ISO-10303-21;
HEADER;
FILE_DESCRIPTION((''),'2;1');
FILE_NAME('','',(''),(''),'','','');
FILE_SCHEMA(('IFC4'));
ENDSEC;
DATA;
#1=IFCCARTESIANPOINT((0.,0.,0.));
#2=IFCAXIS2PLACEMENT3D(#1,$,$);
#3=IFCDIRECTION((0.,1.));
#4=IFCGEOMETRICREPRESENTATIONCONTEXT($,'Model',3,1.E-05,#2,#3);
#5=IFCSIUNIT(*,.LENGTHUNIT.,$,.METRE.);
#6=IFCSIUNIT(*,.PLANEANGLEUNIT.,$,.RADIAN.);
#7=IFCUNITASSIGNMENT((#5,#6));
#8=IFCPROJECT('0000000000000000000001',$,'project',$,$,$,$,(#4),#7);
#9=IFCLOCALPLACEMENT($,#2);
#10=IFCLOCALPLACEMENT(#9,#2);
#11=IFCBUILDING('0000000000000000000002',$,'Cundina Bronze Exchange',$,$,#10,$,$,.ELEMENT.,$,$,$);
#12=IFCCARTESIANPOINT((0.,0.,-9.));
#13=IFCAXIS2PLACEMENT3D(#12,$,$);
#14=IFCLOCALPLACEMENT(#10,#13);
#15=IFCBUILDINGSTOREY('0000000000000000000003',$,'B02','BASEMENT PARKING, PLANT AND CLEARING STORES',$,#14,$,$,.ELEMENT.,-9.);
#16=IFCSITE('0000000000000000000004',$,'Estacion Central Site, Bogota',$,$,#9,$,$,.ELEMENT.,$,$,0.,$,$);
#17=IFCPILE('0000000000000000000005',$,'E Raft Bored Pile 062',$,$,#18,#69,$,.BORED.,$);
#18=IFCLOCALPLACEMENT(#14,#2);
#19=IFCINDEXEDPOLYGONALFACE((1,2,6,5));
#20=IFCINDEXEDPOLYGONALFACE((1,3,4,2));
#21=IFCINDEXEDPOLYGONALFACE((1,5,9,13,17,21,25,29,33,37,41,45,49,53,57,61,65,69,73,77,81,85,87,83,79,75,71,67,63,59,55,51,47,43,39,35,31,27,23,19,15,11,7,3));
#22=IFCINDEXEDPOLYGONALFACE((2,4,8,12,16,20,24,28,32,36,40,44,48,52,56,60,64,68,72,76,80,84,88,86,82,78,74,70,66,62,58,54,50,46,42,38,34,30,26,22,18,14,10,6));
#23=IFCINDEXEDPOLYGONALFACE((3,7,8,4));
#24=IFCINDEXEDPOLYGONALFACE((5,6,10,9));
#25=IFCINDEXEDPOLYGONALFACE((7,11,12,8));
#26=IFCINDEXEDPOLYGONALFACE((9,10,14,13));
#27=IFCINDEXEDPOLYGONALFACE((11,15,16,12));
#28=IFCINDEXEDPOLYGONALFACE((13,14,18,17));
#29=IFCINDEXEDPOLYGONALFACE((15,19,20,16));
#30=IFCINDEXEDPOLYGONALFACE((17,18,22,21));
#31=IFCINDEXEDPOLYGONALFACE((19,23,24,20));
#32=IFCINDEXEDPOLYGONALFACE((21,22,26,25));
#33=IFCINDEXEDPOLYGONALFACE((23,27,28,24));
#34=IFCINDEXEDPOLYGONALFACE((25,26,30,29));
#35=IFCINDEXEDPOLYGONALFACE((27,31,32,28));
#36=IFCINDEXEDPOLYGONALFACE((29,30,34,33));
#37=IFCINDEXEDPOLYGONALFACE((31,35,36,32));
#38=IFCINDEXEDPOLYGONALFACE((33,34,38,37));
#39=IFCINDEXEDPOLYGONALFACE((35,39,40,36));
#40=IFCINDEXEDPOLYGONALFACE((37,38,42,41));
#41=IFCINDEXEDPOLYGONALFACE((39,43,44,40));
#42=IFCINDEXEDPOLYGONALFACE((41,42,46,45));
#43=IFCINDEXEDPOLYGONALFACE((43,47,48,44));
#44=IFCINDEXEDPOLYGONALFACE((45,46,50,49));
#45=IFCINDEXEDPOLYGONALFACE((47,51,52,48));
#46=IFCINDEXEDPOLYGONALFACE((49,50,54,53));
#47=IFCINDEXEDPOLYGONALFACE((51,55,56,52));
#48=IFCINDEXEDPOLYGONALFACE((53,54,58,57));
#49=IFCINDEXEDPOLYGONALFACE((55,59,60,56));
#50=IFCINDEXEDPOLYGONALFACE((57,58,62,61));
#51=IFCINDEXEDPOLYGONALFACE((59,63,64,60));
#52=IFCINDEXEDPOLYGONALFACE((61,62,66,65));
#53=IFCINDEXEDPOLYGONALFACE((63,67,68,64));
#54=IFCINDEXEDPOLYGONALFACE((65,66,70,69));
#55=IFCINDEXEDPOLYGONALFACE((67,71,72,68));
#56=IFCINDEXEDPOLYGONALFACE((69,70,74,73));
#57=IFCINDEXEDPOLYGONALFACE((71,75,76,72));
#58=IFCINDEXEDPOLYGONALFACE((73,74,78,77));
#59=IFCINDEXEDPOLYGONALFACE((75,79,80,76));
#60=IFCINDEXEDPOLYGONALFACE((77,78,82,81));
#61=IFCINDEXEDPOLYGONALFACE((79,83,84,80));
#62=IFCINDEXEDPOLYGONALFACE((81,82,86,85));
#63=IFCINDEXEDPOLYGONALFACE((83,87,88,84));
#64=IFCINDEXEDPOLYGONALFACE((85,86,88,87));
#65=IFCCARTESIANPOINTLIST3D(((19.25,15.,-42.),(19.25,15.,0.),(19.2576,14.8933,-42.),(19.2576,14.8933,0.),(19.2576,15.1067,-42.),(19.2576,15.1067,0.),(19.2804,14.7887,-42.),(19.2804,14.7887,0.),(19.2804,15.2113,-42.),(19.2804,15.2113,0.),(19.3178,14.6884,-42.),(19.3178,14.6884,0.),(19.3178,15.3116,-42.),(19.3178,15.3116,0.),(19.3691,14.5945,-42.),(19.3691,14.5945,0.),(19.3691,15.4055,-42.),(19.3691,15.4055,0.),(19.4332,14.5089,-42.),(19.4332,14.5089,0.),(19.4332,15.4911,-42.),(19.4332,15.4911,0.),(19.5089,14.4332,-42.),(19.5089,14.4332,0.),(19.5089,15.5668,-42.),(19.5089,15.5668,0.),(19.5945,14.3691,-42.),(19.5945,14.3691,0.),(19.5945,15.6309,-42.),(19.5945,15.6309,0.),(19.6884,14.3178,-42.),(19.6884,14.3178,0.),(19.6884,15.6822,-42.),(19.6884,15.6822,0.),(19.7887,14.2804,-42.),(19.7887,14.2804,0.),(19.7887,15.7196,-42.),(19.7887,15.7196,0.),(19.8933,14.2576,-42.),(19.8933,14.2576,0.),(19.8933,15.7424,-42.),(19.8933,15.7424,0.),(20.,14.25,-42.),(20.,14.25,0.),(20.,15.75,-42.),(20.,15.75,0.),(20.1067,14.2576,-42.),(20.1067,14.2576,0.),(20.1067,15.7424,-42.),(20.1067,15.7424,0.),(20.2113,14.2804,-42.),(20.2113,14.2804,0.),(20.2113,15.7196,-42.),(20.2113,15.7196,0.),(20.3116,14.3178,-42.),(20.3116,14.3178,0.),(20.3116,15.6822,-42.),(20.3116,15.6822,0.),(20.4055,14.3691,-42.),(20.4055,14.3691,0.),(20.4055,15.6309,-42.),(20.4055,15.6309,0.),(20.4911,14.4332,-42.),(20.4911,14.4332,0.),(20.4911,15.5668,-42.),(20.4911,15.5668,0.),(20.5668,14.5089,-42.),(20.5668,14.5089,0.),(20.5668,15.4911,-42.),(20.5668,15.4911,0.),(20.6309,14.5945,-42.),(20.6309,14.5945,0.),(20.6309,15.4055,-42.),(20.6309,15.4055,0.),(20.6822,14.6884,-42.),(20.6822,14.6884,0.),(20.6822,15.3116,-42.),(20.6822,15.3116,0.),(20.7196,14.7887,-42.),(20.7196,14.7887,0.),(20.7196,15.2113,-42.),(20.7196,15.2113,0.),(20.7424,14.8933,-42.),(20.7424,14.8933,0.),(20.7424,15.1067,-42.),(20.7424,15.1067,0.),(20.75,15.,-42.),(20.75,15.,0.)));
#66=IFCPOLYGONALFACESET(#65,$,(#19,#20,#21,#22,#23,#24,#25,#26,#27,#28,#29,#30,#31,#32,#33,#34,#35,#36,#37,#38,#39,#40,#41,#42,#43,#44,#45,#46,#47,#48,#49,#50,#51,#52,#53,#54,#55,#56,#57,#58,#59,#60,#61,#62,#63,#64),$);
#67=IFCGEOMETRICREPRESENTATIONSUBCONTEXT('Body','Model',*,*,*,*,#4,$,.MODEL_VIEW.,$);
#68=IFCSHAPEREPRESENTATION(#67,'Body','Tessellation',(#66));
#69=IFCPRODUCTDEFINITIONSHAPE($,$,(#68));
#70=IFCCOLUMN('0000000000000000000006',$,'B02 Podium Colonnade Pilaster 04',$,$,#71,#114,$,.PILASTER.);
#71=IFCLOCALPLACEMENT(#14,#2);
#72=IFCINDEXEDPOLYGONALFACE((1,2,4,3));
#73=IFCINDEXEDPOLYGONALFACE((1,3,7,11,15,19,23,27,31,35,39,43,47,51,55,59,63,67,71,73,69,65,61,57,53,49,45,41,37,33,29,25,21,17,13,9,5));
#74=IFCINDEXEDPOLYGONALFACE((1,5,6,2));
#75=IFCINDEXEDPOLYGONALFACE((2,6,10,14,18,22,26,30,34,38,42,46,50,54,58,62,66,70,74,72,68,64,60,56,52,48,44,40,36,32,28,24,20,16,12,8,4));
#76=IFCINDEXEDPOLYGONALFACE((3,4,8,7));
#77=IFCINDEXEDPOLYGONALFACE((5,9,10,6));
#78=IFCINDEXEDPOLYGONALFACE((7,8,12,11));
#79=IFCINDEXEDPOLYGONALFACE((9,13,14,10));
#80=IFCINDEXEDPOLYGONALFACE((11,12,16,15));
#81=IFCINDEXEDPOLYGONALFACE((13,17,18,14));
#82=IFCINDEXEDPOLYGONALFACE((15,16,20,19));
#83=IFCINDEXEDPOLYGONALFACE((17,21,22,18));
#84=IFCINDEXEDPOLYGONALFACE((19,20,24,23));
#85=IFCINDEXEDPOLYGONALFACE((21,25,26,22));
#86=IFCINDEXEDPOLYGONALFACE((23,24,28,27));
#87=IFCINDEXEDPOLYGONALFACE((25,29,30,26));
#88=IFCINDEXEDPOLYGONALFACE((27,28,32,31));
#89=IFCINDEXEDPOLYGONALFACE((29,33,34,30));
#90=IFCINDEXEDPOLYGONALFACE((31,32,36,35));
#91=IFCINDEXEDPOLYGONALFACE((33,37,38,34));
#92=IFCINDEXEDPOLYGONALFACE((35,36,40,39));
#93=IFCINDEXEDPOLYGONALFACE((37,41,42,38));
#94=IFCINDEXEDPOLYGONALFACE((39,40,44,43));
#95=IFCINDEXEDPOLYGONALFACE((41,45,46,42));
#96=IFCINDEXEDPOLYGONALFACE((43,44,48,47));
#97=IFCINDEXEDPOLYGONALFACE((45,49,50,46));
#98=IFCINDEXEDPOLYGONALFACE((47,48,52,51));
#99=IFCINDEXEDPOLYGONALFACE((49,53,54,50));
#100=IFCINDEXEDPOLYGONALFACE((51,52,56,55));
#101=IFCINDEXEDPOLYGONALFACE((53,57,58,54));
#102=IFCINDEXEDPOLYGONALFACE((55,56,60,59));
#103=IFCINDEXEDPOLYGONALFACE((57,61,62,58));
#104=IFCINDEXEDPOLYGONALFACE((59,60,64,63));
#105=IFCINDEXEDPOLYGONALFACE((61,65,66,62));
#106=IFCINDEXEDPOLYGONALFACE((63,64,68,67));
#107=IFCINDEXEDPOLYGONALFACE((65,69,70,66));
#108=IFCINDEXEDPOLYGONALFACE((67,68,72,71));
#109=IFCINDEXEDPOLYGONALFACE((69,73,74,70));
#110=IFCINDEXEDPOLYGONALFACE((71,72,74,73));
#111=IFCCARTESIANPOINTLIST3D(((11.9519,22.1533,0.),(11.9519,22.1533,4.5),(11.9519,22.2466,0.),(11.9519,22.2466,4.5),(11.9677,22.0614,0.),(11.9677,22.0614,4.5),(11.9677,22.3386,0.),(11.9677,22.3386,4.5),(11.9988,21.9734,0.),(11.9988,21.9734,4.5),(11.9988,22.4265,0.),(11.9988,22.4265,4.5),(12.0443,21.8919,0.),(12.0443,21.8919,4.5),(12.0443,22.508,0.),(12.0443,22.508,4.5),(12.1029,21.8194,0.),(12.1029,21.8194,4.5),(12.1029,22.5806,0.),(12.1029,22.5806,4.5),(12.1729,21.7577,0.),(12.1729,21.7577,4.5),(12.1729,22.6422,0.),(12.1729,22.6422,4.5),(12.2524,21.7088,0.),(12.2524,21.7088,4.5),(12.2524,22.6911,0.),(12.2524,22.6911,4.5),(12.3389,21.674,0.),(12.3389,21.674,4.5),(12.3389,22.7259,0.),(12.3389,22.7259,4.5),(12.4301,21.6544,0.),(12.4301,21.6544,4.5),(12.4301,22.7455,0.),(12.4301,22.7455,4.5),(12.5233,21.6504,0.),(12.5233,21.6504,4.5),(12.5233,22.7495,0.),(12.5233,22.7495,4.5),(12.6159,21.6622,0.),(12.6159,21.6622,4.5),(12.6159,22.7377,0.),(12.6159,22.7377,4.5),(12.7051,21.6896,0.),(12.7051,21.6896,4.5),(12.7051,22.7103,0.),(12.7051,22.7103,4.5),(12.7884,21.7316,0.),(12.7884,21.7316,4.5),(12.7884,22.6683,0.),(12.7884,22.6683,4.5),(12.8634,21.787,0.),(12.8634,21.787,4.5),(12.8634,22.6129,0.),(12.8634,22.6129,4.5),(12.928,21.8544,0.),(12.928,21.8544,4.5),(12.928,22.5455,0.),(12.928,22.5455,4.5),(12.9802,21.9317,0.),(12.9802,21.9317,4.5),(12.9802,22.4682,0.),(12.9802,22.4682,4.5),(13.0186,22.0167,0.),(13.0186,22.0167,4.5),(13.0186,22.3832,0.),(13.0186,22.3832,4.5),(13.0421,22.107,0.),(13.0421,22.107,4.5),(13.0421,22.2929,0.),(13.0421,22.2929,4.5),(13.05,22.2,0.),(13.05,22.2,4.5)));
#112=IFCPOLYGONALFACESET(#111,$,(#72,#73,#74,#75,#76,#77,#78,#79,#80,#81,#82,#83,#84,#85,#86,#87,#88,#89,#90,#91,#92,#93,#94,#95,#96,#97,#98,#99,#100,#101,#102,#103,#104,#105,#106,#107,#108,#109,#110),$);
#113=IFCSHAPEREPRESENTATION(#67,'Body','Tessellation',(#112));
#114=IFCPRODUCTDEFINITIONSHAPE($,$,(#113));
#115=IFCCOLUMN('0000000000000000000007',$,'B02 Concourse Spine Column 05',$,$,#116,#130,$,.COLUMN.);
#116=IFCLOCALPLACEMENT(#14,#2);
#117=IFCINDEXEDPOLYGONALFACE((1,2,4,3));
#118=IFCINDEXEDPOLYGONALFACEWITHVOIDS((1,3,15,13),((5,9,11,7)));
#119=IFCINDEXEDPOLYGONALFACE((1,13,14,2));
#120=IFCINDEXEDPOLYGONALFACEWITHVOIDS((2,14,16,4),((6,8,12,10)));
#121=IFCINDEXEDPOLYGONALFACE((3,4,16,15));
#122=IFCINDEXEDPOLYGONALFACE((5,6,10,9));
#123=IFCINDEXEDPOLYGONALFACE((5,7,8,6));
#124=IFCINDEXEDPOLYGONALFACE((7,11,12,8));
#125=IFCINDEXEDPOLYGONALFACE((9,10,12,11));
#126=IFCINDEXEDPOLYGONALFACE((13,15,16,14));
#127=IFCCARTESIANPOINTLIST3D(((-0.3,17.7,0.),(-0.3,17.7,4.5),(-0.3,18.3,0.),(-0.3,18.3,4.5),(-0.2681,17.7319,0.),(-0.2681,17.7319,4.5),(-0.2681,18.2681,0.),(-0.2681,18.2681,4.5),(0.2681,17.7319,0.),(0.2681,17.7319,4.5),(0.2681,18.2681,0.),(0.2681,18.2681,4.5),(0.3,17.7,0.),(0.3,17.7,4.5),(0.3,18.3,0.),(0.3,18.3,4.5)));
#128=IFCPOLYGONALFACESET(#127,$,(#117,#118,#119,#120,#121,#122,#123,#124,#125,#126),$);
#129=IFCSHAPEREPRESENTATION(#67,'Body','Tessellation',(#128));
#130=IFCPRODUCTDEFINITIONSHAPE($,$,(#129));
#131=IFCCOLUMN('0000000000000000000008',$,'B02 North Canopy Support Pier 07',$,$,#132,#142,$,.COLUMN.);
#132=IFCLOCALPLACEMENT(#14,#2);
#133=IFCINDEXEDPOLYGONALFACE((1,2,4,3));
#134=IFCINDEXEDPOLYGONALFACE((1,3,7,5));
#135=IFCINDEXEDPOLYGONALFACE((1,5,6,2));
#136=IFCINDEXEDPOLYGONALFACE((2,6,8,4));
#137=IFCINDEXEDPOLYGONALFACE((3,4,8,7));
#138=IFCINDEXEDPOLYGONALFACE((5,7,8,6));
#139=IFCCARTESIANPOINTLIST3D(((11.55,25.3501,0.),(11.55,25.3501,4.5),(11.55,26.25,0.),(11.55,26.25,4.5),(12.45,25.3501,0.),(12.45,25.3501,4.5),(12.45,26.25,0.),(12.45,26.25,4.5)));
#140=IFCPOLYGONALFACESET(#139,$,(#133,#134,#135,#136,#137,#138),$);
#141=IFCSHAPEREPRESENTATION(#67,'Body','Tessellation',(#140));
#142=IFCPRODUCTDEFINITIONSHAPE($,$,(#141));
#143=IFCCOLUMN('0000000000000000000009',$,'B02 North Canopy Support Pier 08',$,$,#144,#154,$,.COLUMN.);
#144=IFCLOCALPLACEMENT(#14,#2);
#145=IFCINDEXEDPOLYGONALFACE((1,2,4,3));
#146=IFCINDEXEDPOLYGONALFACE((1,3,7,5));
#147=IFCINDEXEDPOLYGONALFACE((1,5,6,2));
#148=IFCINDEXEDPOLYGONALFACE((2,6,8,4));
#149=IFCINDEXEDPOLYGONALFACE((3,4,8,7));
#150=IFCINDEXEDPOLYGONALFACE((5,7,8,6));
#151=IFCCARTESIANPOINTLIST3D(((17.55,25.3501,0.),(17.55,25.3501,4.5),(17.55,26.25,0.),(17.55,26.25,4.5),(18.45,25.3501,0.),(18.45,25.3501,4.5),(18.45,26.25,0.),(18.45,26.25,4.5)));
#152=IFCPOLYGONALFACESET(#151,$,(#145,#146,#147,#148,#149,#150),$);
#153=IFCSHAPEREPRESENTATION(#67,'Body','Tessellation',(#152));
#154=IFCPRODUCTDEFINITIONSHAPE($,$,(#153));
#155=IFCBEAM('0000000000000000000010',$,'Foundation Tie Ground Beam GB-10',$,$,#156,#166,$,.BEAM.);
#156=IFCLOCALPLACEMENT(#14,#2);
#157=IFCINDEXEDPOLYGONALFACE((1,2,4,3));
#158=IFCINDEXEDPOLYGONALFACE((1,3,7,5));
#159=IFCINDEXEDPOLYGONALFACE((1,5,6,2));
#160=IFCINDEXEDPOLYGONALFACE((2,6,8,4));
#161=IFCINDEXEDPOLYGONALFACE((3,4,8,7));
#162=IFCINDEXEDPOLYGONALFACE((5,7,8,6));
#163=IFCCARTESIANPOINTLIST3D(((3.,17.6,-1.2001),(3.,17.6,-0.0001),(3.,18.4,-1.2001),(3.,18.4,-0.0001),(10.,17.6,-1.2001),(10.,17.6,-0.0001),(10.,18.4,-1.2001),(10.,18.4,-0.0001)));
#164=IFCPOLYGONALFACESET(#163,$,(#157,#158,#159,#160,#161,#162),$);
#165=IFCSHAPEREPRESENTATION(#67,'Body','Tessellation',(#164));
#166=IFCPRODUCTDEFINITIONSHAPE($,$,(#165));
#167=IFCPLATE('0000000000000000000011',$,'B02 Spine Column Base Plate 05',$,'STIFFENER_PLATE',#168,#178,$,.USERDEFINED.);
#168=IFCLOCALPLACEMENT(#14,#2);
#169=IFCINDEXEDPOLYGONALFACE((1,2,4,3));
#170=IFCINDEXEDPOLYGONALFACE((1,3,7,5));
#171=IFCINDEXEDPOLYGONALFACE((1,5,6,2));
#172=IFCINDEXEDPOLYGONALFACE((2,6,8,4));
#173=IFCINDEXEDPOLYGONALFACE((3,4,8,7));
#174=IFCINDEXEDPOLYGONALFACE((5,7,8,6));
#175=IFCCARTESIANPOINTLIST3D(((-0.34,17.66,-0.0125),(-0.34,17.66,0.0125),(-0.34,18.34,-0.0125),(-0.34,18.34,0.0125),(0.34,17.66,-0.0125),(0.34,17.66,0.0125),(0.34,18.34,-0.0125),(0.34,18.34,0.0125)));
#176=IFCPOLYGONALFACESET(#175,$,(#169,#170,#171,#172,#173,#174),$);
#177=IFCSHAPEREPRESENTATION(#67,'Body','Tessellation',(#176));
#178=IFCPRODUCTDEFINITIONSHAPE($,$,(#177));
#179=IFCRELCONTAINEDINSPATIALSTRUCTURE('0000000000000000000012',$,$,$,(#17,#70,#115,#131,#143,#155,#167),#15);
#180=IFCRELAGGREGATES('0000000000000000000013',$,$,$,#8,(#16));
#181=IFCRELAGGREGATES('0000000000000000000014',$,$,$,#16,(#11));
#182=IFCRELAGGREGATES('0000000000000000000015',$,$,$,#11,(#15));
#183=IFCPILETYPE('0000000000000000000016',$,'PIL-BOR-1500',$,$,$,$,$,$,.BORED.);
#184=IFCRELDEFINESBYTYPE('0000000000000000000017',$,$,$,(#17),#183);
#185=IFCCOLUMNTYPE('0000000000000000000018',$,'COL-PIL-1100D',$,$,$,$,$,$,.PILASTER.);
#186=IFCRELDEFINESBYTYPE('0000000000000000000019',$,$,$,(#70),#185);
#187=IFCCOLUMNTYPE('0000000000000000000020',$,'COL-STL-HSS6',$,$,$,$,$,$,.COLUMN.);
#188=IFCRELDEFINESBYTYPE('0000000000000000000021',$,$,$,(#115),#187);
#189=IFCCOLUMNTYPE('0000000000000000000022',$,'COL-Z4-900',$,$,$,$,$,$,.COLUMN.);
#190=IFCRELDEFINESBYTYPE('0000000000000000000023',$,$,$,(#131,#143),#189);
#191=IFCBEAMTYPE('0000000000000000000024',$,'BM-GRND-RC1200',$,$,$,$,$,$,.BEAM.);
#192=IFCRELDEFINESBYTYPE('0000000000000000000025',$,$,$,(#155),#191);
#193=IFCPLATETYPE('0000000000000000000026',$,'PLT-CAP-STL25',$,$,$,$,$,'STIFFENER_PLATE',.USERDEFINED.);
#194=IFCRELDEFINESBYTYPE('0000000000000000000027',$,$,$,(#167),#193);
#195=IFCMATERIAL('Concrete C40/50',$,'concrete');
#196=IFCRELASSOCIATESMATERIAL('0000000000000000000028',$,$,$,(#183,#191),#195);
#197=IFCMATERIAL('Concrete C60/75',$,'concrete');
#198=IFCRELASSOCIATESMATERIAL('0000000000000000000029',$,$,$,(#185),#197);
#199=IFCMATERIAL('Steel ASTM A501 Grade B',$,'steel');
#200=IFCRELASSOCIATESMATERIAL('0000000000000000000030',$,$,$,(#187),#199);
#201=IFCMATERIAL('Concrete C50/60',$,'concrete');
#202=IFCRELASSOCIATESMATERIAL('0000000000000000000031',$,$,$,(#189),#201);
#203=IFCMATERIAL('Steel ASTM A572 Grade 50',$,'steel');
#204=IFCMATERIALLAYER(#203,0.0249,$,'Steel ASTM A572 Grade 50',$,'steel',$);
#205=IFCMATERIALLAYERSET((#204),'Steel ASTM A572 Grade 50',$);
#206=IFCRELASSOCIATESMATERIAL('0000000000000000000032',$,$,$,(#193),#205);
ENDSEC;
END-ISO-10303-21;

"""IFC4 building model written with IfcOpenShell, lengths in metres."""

from ifc_helpers import new_model, si_unit, direction, frame, origin, origin_2d, place, context, subcontext, project, spatial, rectangle, hollow_rectangle, circle, extrude, material, layer, layer_set, material_profile, profile_set, type_object, element, save


model = new_model("IFC4")

# Units and contexts
model_context = context("Model", 3, precision=1e-05, world=origin(), true_north=direction((0.0, 1.0)))
body_context = subcontext(model_context, "Body", "Model", "MODEL_VIEW")
ifc_project = project(units=[si_unit("LENGTHUNIT", "METRE"), si_unit("PLANEANGLEUNIT", "RADIAN")], contexts=[model_context])

# Site, building, storey
site_placement = place(None, origin())
site = spatial("IfcSite", under=ifc_project, at=site_placement, Name="Estacion Central Site, Bogota", CompositionType="ELEMENT", RefElevation=0.0)
building_placement = place(site_placement, origin())
building = spatial("IfcBuilding", under=site, at=building_placement, Name="Cundina Bronze Exchange", CompositionType="ELEMENT")
storey_placement = place(building_placement, frame((0.0, 0.0, -9.0)))
storey = spatial("IfcBuildingStorey", under=building, at=storey_placement, Name="B02", Description="BASEMENT PARKING, PLANT AND CLEARING STORES", CompositionType="ELEMENT", Elevation=-9.0)

# Shared definitions
ifc_material_1 = material(Name="Concrete C40/50", Category="concrete")

# Pile
ifc_material_profile_1 = material_profile(ifc_material_1, circle(Radius=0.75, at=origin_2d()), Name="PILE1500D", Category="concrete")
ifc_profile_set_1 = profile_set([ifc_material_profile_1], Name="Concrete C40/50")
pile_type_1 = type_object("IfcPileType", Name="PIL-BOR-1500", PredefinedType="BORED", material=ifc_profile_set_1)
pile_placement = place(storey_placement, frame((20.0, 15.0, 0.0), z_axis=(0.0, 0.0, -1.0), x_axis=(1.0, 0.0, 0.0)))
element("IfcPile", 1, at=pile_placement, inside=storey, type_object=pile_type_1, Name="E Raft Bored Pile 062", PredefinedType="BORED", context=body_context, shape_type="SweptSolid", body=[
    extrude(circle(Radius=0.75, at=origin_2d()), origin(), (0.0, 0.0, 1.0), 42.0),
])

# Columns
ifc_material_2 = material(Name="Concrete C60/75", Category="concrete")
ifc_material_profile_2 = material_profile(ifc_material_2, circle(Radius=0.55, at=origin_2d()), Name="RC1100D", Category="concrete")
ifc_profile_set_2 = profile_set([ifc_material_profile_2], Name="Concrete C60/75")
column_type_1 = type_object("IfcColumnType", Name="COL-PIL-1100D", PredefinedType="PILASTER", material=ifc_profile_set_2)
column_1_placement = place(storey_placement, frame((12.5, 22.2, 0.0), z_axis=(0.0, 0.0, 1.0), x_axis=(1.0, 0.0, 0.0)))
element("IfcColumn", 2, at=column_1_placement, inside=storey, type_object=column_type_1, Name="B02 Podium Colonnade Pilaster 04", PredefinedType="PILASTER", context=body_context, shape_type="SweptSolid", body=[
    extrude(circle(Radius=0.55, at=origin_2d()), origin(), (0.0, 0.0, 1.0), 4.5),
])
ifc_material_3 = material(Name="Steel ASTM A501 Grade B", Category="steel")
ifc_material_profile_3 = material_profile(ifc_material_3, hollow_rectangle(XDim=0.6001, YDim=0.6001, WallThickness=0.032, at=origin_2d()), Name="HSS600X600X32", Category="steel")
ifc_profile_set_3 = profile_set([ifc_material_profile_3], Name="Steel ASTM A501 Grade B")
column_type_2 = type_object("IfcColumnType", Name="COL-STL-HSS6", PredefinedType="COLUMN", material=ifc_profile_set_3)
column_2_placement = place(storey_placement, frame((0.0, 18.0, 0.0), z_axis=(0.0, 0.0, 1.0), x_axis=(1.0, 0.0, 0.0)))
element("IfcColumn", 3, at=column_2_placement, inside=storey, type_object=column_type_2, Name="B02 Concourse Spine Column 05", PredefinedType="COLUMN", context=body_context, shape_type="SweptSolid", body=[
    extrude(hollow_rectangle(XDim=0.6001, YDim=0.6001, WallThickness=0.032, at=origin_2d()), origin(), (0.0, 0.0, 1.0), 4.5),
])
ifc_material_4 = material(Name="Concrete C50/60", Category="concrete")
ifc_material_profile_4 = material_profile(ifc_material_4, rectangle(XDim=0.8999, YDim=0.8999, at=origin_2d()), Name="RC900X900", Category="concrete")
ifc_profile_set_4 = profile_set([ifc_material_profile_4], Name="Concrete C50/60")
column_type_3 = type_object("IfcColumnType", Name="COL-Z4-900", PredefinedType="COLUMN", material=ifc_profile_set_4)
for number, where, z_axis, x_axis, name in (
    (4, (12.0, 25.8, 0.0), (0.0, 0.0, 1.0), (1.0, 0.0, 0.0), "B02 North Canopy Support Pier 07"),
    (5, (18.0, 25.8, 0.0), (0.0, 0.0, 1.0), (1.0, 0.0, 0.0), "B02 North Canopy Support Pier 08"),
):
    element("IfcColumn", number, at=place(storey_placement, frame(where, z_axis=z_axis, x_axis=x_axis)), inside=storey, type_object=column_type_3, Name=name, PredefinedType="COLUMN", context=body_context, shape_type="SweptSolid", body=[
        extrude(rectangle(XDim=0.8999, YDim=0.8999, at=origin_2d()), origin(), (0.0, 0.0, 1.0), 4.5),
    ])

# Beam
ifc_material_profile_5 = material_profile(ifc_material_1, rectangle(XDim=0.8, YDim=1.2, at=origin_2d()), Name="RC800X1200", Category="concrete")
ifc_profile_set_5 = profile_set([ifc_material_profile_5], Name="Concrete C40/50")
beam_type = type_object("IfcBeamType", Name="BM-GRND-RC1200", PredefinedType="BEAM", material=ifc_profile_set_5)
beam_placement = place(storey_placement, frame((3.0, 18.0, -0.6001), z_axis=(1.0, 0.0, 0.0), x_axis=(0.0, 1.0, 0.0)))
element("IfcBeam", 6, at=beam_placement, inside=storey, type_object=beam_type, Name="Foundation Tie Ground Beam GB-10", PredefinedType="BEAM", context=body_context, shape_type="SweptSolid", body=[
    extrude(rectangle(XDim=0.8, YDim=1.2, at=origin_2d()), origin(), (0.0, 0.0, 1.0), 7.0),
])

# Plate
ifc_material_5 = material(Name="Steel ASTM A572 Grade 50", Category="steel")
ifc_layer_1 = layer(ifc_material_5, 0.0249, Name="Steel ASTM A572 Grade 50", Category="steel")
ifc_layer_set_1 = layer_set([ifc_layer_1], Name="Steel ASTM A572 Grade 50")
plate_type = type_object("IfcPlateType", Name="PLT-CAP-STL25", ElementType="STIFFENER_PLATE", PredefinedType="USERDEFINED", material=ifc_layer_set_1)
plate_placement = place(storey_placement, frame((0.0, 18.0, -0.0125), z_axis=(0.0, 0.0, 1.0), x_axis=(1.0, 0.0, 0.0)))
element("IfcPlate", 7, at=plate_placement, inside=storey, type_object=plate_type, Name="B02 Spine Column Base Plate 05", ObjectType="STIFFENER_PLATE", PredefinedType="USERDEFINED", context=body_context, shape_type="SweptSolid", body=[
    extrude(rectangle(XDim=0.6799, YDim=0.6799, at=origin_2d()), origin(), (0.0, 0.0, 1.0), 0.0249),
])

save(model, "model.ifc")
